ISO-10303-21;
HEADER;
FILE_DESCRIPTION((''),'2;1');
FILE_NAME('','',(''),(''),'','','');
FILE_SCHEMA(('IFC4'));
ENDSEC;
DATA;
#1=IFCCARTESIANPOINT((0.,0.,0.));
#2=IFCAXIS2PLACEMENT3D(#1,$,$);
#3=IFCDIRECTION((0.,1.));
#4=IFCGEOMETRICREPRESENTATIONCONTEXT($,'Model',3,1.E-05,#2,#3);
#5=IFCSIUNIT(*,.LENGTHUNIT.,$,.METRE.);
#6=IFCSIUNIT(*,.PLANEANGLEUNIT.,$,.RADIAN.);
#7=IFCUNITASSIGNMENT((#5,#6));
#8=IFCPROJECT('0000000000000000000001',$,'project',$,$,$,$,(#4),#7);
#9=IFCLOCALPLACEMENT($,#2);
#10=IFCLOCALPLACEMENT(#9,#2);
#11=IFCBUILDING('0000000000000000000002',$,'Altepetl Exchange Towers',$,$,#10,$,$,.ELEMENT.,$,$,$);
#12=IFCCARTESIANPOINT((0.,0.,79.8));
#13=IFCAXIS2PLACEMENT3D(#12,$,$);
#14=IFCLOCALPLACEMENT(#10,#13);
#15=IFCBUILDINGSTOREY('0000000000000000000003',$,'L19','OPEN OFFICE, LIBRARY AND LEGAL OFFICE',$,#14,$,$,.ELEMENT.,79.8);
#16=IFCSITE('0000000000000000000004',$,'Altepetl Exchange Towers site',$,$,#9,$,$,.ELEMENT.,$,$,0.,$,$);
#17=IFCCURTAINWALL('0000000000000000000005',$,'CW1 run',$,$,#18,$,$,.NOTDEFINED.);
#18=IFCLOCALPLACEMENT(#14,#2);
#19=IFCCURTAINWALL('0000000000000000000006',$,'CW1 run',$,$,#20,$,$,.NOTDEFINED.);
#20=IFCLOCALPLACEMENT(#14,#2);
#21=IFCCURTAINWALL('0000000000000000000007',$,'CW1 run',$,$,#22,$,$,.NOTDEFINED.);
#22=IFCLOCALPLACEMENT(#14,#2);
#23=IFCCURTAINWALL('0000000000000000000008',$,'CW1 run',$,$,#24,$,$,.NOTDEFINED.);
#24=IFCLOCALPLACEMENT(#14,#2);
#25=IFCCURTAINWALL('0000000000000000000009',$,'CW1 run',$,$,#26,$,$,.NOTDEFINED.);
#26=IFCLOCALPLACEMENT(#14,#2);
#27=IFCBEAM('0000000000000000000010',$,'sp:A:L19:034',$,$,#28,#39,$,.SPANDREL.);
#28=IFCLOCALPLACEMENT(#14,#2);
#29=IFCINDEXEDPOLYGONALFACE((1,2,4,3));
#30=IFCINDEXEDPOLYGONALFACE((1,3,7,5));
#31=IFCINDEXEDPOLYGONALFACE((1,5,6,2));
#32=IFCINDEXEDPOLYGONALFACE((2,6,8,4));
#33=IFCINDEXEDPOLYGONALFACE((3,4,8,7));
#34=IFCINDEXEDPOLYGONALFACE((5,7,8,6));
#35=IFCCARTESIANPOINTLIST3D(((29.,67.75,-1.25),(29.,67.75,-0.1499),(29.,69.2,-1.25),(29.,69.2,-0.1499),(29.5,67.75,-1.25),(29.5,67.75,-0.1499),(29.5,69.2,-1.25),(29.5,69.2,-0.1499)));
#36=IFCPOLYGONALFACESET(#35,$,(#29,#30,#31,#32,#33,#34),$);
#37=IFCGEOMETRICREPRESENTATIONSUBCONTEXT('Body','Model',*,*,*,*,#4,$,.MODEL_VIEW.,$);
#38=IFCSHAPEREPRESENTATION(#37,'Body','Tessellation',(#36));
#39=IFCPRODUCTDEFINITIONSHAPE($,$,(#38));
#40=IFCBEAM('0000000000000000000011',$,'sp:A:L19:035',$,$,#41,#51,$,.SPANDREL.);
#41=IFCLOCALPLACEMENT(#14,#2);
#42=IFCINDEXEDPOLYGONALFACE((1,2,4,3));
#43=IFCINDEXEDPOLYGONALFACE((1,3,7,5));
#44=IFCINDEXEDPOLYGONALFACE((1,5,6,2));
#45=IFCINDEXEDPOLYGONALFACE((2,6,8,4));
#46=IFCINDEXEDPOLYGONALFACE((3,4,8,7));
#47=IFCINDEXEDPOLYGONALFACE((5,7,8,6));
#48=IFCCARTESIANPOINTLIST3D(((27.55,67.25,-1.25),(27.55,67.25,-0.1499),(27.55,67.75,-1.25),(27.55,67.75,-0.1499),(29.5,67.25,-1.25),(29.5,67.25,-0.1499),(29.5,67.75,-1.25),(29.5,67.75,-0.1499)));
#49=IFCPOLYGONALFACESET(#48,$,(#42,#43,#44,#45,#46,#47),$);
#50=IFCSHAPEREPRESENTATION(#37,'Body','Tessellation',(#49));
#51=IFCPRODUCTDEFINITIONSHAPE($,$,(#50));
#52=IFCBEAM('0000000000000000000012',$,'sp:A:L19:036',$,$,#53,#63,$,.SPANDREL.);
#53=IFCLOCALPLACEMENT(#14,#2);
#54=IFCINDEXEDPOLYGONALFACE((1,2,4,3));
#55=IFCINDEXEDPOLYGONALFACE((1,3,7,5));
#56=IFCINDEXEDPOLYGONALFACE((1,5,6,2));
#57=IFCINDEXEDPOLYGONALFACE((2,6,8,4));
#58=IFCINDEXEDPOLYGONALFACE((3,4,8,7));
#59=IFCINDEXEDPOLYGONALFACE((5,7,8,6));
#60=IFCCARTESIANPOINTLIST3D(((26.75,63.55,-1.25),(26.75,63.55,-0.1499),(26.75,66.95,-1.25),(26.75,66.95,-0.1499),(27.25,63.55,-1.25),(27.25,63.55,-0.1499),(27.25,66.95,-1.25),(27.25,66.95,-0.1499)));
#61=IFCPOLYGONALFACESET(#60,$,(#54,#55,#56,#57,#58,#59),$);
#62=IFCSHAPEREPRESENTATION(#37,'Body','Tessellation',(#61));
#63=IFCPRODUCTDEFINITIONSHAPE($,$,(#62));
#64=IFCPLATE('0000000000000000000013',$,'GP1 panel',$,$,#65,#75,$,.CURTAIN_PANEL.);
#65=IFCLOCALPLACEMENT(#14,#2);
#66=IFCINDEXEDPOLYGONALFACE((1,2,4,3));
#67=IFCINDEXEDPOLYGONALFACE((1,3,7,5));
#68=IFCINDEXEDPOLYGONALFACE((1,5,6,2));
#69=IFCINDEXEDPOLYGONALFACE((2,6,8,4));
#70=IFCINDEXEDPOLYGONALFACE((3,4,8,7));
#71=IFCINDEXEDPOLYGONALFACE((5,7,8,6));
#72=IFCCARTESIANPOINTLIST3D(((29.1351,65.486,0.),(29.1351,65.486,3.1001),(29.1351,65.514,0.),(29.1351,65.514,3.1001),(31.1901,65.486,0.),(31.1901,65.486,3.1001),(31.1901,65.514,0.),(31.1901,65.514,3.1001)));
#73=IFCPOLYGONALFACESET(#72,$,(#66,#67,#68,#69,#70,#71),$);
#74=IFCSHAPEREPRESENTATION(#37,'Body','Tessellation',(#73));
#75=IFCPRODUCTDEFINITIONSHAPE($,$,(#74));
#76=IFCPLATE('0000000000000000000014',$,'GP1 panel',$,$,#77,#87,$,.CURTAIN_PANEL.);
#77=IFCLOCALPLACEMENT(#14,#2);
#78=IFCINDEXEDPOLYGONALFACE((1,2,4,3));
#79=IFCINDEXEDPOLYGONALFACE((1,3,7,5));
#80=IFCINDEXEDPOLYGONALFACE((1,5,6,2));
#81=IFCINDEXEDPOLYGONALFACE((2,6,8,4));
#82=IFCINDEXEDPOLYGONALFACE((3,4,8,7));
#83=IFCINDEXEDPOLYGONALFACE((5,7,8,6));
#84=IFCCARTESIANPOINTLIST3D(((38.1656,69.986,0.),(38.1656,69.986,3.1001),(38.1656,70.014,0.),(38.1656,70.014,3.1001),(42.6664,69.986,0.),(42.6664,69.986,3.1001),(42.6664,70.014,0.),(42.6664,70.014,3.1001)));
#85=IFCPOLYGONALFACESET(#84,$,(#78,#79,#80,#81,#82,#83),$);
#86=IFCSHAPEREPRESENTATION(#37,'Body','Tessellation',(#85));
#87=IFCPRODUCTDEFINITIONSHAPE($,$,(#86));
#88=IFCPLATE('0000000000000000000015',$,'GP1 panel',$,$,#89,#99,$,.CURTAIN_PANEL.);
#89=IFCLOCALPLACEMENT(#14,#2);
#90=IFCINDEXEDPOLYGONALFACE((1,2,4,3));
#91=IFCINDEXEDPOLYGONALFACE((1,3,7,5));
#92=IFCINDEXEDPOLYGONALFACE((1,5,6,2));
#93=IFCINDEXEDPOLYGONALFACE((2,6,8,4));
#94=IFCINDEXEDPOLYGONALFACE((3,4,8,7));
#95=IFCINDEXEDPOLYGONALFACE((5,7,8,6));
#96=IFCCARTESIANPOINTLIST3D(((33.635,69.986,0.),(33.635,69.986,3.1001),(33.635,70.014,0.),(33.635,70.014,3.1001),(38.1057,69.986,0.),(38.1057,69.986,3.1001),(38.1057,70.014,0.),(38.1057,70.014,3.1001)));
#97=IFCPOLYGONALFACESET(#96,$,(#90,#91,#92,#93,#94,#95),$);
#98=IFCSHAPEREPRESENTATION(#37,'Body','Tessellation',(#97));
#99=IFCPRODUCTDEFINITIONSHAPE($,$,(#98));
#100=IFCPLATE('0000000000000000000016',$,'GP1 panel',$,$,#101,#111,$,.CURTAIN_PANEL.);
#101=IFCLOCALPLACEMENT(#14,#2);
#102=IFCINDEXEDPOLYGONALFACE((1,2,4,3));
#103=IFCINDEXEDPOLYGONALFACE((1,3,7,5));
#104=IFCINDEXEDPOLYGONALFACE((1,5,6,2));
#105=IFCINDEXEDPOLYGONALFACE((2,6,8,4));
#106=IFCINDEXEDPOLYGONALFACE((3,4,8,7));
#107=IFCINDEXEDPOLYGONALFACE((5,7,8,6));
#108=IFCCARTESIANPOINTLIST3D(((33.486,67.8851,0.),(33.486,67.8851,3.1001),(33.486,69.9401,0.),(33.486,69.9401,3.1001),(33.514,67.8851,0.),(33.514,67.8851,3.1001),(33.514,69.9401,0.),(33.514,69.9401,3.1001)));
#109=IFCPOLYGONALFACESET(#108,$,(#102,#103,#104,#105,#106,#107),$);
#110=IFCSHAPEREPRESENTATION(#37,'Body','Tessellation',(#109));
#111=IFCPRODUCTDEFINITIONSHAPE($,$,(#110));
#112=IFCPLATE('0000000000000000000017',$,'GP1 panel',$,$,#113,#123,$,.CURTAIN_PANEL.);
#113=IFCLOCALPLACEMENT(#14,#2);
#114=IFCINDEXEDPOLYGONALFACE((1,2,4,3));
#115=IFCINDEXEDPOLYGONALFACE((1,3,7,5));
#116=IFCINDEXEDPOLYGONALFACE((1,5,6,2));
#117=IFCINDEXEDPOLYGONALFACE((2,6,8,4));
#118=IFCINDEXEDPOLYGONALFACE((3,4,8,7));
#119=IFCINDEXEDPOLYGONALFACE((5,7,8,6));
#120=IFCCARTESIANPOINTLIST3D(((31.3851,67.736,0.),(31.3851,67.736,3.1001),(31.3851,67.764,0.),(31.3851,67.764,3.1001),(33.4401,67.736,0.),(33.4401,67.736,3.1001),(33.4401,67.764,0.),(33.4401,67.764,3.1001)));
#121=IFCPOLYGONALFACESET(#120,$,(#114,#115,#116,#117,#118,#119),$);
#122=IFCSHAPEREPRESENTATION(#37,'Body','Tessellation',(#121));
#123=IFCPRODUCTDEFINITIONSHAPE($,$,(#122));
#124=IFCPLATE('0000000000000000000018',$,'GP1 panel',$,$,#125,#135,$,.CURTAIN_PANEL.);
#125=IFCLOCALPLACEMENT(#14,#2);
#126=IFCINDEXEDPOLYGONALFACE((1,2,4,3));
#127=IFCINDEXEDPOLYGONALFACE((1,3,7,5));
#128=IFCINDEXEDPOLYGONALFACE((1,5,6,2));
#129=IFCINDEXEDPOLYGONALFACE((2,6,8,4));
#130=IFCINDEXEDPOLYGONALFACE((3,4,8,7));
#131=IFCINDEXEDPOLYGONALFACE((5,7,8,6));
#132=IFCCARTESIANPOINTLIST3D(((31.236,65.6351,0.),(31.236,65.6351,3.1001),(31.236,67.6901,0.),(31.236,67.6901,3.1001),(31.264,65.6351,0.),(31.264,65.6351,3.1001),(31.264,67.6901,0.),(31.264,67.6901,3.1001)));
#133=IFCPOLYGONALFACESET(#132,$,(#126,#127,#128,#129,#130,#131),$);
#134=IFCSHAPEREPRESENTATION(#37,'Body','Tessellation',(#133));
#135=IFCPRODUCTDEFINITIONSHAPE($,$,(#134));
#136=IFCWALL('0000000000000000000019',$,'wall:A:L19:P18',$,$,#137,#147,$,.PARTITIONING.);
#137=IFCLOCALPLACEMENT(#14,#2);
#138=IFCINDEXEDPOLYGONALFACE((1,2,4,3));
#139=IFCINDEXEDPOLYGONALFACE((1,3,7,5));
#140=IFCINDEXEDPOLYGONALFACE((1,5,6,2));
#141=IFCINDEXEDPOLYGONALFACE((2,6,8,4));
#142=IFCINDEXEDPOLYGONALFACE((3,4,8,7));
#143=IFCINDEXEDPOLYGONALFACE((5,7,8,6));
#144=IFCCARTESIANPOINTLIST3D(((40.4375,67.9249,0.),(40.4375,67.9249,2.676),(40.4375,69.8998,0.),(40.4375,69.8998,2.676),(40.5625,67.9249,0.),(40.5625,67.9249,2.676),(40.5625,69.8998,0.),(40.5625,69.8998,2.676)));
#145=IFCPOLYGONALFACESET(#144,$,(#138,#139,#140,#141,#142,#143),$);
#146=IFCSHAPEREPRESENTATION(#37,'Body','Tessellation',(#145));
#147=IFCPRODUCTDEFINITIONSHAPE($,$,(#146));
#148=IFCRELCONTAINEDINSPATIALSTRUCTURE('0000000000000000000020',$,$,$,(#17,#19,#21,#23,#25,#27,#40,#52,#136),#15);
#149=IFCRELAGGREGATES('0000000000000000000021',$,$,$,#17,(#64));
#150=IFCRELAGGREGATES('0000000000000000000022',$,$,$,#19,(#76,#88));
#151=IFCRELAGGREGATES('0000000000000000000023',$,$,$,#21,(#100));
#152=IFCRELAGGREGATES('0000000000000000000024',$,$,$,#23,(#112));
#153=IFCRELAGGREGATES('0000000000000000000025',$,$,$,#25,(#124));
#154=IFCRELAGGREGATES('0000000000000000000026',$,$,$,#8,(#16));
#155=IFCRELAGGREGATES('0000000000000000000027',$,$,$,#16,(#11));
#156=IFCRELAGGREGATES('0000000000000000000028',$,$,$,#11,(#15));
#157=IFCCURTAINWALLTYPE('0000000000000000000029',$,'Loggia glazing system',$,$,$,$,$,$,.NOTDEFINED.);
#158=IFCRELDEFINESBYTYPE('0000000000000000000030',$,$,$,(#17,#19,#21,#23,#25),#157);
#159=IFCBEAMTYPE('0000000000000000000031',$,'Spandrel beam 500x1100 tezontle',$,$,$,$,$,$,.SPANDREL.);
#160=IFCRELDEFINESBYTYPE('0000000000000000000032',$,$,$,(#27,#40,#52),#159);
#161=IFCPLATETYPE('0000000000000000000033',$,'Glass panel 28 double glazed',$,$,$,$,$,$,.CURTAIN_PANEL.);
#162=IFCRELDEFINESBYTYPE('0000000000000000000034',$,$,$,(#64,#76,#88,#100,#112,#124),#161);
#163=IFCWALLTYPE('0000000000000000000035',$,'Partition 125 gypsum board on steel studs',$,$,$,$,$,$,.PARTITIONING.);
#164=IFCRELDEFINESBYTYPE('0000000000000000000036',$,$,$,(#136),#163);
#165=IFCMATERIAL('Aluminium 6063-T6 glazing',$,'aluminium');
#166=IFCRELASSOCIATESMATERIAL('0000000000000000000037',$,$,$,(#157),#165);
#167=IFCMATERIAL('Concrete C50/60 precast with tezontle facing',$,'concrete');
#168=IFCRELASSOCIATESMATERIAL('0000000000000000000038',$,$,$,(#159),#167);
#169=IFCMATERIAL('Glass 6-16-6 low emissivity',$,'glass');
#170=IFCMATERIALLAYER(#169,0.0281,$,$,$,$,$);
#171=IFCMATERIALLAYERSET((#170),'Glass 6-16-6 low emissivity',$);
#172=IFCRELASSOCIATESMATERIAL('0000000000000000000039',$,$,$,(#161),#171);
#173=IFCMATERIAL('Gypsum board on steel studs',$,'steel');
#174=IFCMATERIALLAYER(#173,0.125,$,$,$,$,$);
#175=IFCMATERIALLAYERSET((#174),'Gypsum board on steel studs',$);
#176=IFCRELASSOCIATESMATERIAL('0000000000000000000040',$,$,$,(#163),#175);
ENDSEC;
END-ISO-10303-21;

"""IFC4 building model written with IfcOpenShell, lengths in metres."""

from ifc_helpers import new_model, si_unit, direction, frame, frame_2d, origin, origin_2d, place, context, subcontext, project, spatial, rectangle, extrude, material, layer, layer_set, material_profile, profile_set, type_object, element, aggregate, save


model = new_model("IFC4")

# Units and contexts
model_context = context("Model", 3, precision=1e-05, world=origin(), true_north=direction((0.0, 1.0)))
body_context = subcontext(model_context, "Body", "Model", "MODEL_VIEW")
ifc_project = project(units=[si_unit("LENGTHUNIT", "METRE"), si_unit("PLANEANGLEUNIT", "RADIAN")], contexts=[model_context])

# Site, building, storey
site_placement = place(None, origin())
site = spatial("IfcSite", under=ifc_project, at=site_placement, Name="Altepetl Exchange Towers site", CompositionType="ELEMENT", RefElevation=0.0)
building_placement = place(site_placement, origin())
building = spatial("IfcBuilding", under=site, at=building_placement, Name="Altepetl Exchange Towers", CompositionType="ELEMENT")
storey_placement = place(building_placement, frame((0.0, 0.0, 79.8)))
storey = spatial("IfcBuildingStorey", under=building, at=storey_placement, Name="L19", Description="OPEN OFFICE, LIBRARY AND LEGAL OFFICE", CompositionType="ELEMENT", Elevation=79.8)

# Curtain walls
ifc_material_1 = material(Name="Aluminium 6063-T6 glazing", Category="aluminium")
curtain_wall_type = type_object("IfcCurtainWallType", Name="Loggia glazing system", PredefinedType="NOTDEFINED", material=ifc_material_1)
curtain_wall_1_placement = place(storey_placement, origin())
curtain_wall_1 = element("IfcCurtainWall", 1, at=curtain_wall_1_placement, inside=storey, type_object=curtain_wall_type, Name="CW1 run", PredefinedType="NOTDEFINED")
curtain_wall_2_placement = place(storey_placement, origin())
curtain_wall_2 = element("IfcCurtainWall", 2, at=curtain_wall_2_placement, inside=storey, type_object=curtain_wall_type, Name="CW1 run", PredefinedType="NOTDEFINED")
curtain_wall_3_placement = place(storey_placement, origin())
curtain_wall_3 = element("IfcCurtainWall", 3, at=curtain_wall_3_placement, inside=storey, type_object=curtain_wall_type, Name="CW1 run", PredefinedType="NOTDEFINED")
curtain_wall_4_placement = place(storey_placement, origin())
curtain_wall_4 = element("IfcCurtainWall", 4, at=curtain_wall_4_placement, inside=storey, type_object=curtain_wall_type, Name="CW1 run", PredefinedType="NOTDEFINED")
curtain_wall_5_placement = place(storey_placement, origin())
curtain_wall_5 = element("IfcCurtainWall", 5, at=curtain_wall_5_placement, inside=storey, type_object=curtain_wall_type, Name="CW1 run", PredefinedType="NOTDEFINED")

# Beams
ifc_material_2 = material(Name="Concrete C50/60 precast with tezontle facing", Category="concrete")
ifc_material_profile_1 = material_profile(ifc_material_2, rectangle(XDim=0.5, YDim=1.1001, at=origin_2d()), Name="500 x 1100")
ifc_profile_set_1 = profile_set([ifc_material_profile_1], Name="Concrete C50/60 precast with tezontle facing")
beam_type_1 = type_object("IfcBeamType", Name="Spandrel beam 500x1100 tezontle", PredefinedType="SPANDREL", material=ifc_profile_set_1)
beam_1_placement = place(storey_placement, frame((29.25, 69.2, -0.7), z_axis=(0.0, -1.0, 0.0), x_axis=(1.0, 0.0, 0.0)))
element("IfcBeam", 6, at=beam_1_placement, inside=storey, type_object=beam_type_1, Name="sp:A:L19:034", PredefinedType="SPANDREL", context=body_context, shape_type="SweptSolid", body=[
    extrude(rectangle(XDim=0.5, YDim=1.1001, at=origin_2d()), origin(), (0.0, 0.0, 1.0), 1.45),
])
beam_2_placement = place(storey_placement, frame((29.5, 67.5, -0.7), z_axis=(-1.0, 0.0, 0.0), x_axis=(0.0, -1.0, 0.0)))
element("IfcBeam", 7, at=beam_2_placement, inside=storey, type_object=beam_type_1, Name="sp:A:L19:035", PredefinedType="SPANDREL", context=body_context, shape_type="SweptSolid", body=[
    extrude(rectangle(XDim=0.5, YDim=1.1001, at=origin_2d()), origin(), (0.0, 0.0, 1.0), 1.95),
])
beam_3_placement = place(storey_placement, frame((27.0, 66.95, -0.7), z_axis=(0.0, -1.0, 0.0), x_axis=(1.0, 0.0, 0.0)))
element("IfcBeam", 8, at=beam_3_placement, inside=storey, type_object=beam_type_1, Name="sp:A:L19:036", PredefinedType="SPANDREL", context=body_context, shape_type="SweptSolid", body=[
    extrude(rectangle(XDim=0.5, YDim=1.1001, at=origin_2d()), origin(), (0.0, 0.0, 1.0), 3.3999),
])

# Plates
ifc_material_3 = material(Name="Glass 6-16-6 low emissivity", Category="glass")
ifc_layer_1 = layer(ifc_material_3, 0.0281)
ifc_layer_set_1 = layer_set([ifc_layer_1], Name="Glass 6-16-6 low emissivity")
plate_type = type_object("IfcPlateType", Name="Glass panel 28 double glazed", PredefinedType="CURTAIN_PANEL", material=ifc_layer_set_1)
plate_1_placement = place(storey_placement, frame((30.1626, 65.5, 0.0), z_axis=(0.0, 0.0, 1.0), x_axis=(-1.0, 0.0, 0.0)))
plate_1 = element("IfcPlate", 9, at=plate_1_placement, type_object=plate_type, Name="GP1 panel", PredefinedType="CURTAIN_PANEL", context=body_context, shape_type="SweptSolid", body=[
    extrude(rectangle(XDim=2.0549, YDim=0.0281, at=origin_2d()), origin(), (0.0, 0.0, 1.0), 3.1001),
])
aggregate(curtain_wall_1, [plate_1])
plate_2_placement = place(storey_placement, frame((40.416, 70.0, 0.0), z_axis=(0.0, 0.0, 1.0), x_axis=(-1.0, 0.0, 0.0)))
plate_2 = element("IfcPlate", 10, at=plate_2_placement, type_object=plate_type, Name="GP1 panel", PredefinedType="CURTAIN_PANEL", context=body_context, shape_type="SweptSolid", body=[
    extrude(rectangle(XDim=4.5007, YDim=0.0281, at=origin_2d()), origin(), (0.0, 0.0, 1.0), 3.1001),
])
plate_3_placement = place(storey_placement, frame((35.8704, 70.0, 0.0), z_axis=(0.0, 0.0, 1.0), x_axis=(-1.0, 0.0, 0.0)))
plate_3 = element("IfcPlate", 11, at=plate_3_placement, type_object=plate_type, Name="GP1 panel", PredefinedType="CURTAIN_PANEL", context=body_context, shape_type="SweptSolid", body=[
    extrude(rectangle(XDim=4.4707, YDim=0.0281, at=origin_2d()), origin(), (0.0, 0.0, 1.0), 3.1001),
])
aggregate(curtain_wall_2, [plate_2, plate_3])
plate_4_placement = place(storey_placement, frame((33.5, 68.9126, 0.0), z_axis=(0.0, 0.0, 1.0), x_axis=(0.0, -1.0, 0.0)))
plate_4 = element("IfcPlate", 12, at=plate_4_placement, type_object=plate_type, Name="GP1 panel", PredefinedType="CURTAIN_PANEL", context=body_context, shape_type="SweptSolid", body=[
    extrude(rectangle(XDim=2.0549, YDim=0.0281, at=origin_2d()), origin(), (0.0, 0.0, 1.0), 3.1001),
])
aggregate(curtain_wall_3, [plate_4])
plate_5_placement = place(storey_placement, frame((32.4126, 67.75, 0.0), z_axis=(0.0, 0.0, 1.0), x_axis=(-1.0, 0.0, 0.0)))
plate_5 = element("IfcPlate", 13, at=plate_5_placement, type_object=plate_type, Name="GP1 panel", PredefinedType="CURTAIN_PANEL", context=body_context, shape_type="SweptSolid", body=[
    extrude(rectangle(XDim=2.0549, YDim=0.0281, at=origin_2d()), origin(), (0.0, 0.0, 1.0), 3.1001),
])
aggregate(curtain_wall_4, [plate_5])
plate_6_placement = place(storey_placement, frame((31.25, 66.6626, 0.0), z_axis=(0.0, 0.0, 1.0), x_axis=(0.0, -1.0, 0.0)))
plate_6 = element("IfcPlate", 14, at=plate_6_placement, type_object=plate_type, Name="GP1 panel", PredefinedType="CURTAIN_PANEL", context=body_context, shape_type="SweptSolid", body=[
    extrude(rectangle(XDim=2.0549, YDim=0.0281, at=origin_2d()), origin(), (0.0, 0.0, 1.0), 3.1001),
])
aggregate(curtain_wall_5, [plate_6])

# Wall
ifc_material_4 = material(Name="Gypsum board on steel studs", Category="steel")
ifc_layer_2 = layer(ifc_material_4, 0.125)
ifc_layer_set_2 = layer_set([ifc_layer_2], Name="Gypsum board on steel studs")
wall_type = type_object("IfcWallType", Name="Partition 125 gypsum board on steel studs", PredefinedType="PARTITIONING", material=ifc_layer_set_2)
wall_placement = place(storey_placement, frame((40.5, 67.925, 0.0), z_axis=(0.0, 0.0, 1.0), x_axis=(0.0, 1.0, 0.0)))
element("IfcWall", 15, at=wall_placement, inside=storey, type_object=wall_type, Name="wall:A:L19:P18", PredefinedType="PARTITIONING", context=body_context, shape_type="SweptSolid", body=[
    extrude(rectangle(XDim=1.9749, YDim=0.125, at=frame_2d((0.9873, 0.0))), origin(), (0.0, 0.0, 1.0), 2.676),
])

save(model, "model.ifc")
